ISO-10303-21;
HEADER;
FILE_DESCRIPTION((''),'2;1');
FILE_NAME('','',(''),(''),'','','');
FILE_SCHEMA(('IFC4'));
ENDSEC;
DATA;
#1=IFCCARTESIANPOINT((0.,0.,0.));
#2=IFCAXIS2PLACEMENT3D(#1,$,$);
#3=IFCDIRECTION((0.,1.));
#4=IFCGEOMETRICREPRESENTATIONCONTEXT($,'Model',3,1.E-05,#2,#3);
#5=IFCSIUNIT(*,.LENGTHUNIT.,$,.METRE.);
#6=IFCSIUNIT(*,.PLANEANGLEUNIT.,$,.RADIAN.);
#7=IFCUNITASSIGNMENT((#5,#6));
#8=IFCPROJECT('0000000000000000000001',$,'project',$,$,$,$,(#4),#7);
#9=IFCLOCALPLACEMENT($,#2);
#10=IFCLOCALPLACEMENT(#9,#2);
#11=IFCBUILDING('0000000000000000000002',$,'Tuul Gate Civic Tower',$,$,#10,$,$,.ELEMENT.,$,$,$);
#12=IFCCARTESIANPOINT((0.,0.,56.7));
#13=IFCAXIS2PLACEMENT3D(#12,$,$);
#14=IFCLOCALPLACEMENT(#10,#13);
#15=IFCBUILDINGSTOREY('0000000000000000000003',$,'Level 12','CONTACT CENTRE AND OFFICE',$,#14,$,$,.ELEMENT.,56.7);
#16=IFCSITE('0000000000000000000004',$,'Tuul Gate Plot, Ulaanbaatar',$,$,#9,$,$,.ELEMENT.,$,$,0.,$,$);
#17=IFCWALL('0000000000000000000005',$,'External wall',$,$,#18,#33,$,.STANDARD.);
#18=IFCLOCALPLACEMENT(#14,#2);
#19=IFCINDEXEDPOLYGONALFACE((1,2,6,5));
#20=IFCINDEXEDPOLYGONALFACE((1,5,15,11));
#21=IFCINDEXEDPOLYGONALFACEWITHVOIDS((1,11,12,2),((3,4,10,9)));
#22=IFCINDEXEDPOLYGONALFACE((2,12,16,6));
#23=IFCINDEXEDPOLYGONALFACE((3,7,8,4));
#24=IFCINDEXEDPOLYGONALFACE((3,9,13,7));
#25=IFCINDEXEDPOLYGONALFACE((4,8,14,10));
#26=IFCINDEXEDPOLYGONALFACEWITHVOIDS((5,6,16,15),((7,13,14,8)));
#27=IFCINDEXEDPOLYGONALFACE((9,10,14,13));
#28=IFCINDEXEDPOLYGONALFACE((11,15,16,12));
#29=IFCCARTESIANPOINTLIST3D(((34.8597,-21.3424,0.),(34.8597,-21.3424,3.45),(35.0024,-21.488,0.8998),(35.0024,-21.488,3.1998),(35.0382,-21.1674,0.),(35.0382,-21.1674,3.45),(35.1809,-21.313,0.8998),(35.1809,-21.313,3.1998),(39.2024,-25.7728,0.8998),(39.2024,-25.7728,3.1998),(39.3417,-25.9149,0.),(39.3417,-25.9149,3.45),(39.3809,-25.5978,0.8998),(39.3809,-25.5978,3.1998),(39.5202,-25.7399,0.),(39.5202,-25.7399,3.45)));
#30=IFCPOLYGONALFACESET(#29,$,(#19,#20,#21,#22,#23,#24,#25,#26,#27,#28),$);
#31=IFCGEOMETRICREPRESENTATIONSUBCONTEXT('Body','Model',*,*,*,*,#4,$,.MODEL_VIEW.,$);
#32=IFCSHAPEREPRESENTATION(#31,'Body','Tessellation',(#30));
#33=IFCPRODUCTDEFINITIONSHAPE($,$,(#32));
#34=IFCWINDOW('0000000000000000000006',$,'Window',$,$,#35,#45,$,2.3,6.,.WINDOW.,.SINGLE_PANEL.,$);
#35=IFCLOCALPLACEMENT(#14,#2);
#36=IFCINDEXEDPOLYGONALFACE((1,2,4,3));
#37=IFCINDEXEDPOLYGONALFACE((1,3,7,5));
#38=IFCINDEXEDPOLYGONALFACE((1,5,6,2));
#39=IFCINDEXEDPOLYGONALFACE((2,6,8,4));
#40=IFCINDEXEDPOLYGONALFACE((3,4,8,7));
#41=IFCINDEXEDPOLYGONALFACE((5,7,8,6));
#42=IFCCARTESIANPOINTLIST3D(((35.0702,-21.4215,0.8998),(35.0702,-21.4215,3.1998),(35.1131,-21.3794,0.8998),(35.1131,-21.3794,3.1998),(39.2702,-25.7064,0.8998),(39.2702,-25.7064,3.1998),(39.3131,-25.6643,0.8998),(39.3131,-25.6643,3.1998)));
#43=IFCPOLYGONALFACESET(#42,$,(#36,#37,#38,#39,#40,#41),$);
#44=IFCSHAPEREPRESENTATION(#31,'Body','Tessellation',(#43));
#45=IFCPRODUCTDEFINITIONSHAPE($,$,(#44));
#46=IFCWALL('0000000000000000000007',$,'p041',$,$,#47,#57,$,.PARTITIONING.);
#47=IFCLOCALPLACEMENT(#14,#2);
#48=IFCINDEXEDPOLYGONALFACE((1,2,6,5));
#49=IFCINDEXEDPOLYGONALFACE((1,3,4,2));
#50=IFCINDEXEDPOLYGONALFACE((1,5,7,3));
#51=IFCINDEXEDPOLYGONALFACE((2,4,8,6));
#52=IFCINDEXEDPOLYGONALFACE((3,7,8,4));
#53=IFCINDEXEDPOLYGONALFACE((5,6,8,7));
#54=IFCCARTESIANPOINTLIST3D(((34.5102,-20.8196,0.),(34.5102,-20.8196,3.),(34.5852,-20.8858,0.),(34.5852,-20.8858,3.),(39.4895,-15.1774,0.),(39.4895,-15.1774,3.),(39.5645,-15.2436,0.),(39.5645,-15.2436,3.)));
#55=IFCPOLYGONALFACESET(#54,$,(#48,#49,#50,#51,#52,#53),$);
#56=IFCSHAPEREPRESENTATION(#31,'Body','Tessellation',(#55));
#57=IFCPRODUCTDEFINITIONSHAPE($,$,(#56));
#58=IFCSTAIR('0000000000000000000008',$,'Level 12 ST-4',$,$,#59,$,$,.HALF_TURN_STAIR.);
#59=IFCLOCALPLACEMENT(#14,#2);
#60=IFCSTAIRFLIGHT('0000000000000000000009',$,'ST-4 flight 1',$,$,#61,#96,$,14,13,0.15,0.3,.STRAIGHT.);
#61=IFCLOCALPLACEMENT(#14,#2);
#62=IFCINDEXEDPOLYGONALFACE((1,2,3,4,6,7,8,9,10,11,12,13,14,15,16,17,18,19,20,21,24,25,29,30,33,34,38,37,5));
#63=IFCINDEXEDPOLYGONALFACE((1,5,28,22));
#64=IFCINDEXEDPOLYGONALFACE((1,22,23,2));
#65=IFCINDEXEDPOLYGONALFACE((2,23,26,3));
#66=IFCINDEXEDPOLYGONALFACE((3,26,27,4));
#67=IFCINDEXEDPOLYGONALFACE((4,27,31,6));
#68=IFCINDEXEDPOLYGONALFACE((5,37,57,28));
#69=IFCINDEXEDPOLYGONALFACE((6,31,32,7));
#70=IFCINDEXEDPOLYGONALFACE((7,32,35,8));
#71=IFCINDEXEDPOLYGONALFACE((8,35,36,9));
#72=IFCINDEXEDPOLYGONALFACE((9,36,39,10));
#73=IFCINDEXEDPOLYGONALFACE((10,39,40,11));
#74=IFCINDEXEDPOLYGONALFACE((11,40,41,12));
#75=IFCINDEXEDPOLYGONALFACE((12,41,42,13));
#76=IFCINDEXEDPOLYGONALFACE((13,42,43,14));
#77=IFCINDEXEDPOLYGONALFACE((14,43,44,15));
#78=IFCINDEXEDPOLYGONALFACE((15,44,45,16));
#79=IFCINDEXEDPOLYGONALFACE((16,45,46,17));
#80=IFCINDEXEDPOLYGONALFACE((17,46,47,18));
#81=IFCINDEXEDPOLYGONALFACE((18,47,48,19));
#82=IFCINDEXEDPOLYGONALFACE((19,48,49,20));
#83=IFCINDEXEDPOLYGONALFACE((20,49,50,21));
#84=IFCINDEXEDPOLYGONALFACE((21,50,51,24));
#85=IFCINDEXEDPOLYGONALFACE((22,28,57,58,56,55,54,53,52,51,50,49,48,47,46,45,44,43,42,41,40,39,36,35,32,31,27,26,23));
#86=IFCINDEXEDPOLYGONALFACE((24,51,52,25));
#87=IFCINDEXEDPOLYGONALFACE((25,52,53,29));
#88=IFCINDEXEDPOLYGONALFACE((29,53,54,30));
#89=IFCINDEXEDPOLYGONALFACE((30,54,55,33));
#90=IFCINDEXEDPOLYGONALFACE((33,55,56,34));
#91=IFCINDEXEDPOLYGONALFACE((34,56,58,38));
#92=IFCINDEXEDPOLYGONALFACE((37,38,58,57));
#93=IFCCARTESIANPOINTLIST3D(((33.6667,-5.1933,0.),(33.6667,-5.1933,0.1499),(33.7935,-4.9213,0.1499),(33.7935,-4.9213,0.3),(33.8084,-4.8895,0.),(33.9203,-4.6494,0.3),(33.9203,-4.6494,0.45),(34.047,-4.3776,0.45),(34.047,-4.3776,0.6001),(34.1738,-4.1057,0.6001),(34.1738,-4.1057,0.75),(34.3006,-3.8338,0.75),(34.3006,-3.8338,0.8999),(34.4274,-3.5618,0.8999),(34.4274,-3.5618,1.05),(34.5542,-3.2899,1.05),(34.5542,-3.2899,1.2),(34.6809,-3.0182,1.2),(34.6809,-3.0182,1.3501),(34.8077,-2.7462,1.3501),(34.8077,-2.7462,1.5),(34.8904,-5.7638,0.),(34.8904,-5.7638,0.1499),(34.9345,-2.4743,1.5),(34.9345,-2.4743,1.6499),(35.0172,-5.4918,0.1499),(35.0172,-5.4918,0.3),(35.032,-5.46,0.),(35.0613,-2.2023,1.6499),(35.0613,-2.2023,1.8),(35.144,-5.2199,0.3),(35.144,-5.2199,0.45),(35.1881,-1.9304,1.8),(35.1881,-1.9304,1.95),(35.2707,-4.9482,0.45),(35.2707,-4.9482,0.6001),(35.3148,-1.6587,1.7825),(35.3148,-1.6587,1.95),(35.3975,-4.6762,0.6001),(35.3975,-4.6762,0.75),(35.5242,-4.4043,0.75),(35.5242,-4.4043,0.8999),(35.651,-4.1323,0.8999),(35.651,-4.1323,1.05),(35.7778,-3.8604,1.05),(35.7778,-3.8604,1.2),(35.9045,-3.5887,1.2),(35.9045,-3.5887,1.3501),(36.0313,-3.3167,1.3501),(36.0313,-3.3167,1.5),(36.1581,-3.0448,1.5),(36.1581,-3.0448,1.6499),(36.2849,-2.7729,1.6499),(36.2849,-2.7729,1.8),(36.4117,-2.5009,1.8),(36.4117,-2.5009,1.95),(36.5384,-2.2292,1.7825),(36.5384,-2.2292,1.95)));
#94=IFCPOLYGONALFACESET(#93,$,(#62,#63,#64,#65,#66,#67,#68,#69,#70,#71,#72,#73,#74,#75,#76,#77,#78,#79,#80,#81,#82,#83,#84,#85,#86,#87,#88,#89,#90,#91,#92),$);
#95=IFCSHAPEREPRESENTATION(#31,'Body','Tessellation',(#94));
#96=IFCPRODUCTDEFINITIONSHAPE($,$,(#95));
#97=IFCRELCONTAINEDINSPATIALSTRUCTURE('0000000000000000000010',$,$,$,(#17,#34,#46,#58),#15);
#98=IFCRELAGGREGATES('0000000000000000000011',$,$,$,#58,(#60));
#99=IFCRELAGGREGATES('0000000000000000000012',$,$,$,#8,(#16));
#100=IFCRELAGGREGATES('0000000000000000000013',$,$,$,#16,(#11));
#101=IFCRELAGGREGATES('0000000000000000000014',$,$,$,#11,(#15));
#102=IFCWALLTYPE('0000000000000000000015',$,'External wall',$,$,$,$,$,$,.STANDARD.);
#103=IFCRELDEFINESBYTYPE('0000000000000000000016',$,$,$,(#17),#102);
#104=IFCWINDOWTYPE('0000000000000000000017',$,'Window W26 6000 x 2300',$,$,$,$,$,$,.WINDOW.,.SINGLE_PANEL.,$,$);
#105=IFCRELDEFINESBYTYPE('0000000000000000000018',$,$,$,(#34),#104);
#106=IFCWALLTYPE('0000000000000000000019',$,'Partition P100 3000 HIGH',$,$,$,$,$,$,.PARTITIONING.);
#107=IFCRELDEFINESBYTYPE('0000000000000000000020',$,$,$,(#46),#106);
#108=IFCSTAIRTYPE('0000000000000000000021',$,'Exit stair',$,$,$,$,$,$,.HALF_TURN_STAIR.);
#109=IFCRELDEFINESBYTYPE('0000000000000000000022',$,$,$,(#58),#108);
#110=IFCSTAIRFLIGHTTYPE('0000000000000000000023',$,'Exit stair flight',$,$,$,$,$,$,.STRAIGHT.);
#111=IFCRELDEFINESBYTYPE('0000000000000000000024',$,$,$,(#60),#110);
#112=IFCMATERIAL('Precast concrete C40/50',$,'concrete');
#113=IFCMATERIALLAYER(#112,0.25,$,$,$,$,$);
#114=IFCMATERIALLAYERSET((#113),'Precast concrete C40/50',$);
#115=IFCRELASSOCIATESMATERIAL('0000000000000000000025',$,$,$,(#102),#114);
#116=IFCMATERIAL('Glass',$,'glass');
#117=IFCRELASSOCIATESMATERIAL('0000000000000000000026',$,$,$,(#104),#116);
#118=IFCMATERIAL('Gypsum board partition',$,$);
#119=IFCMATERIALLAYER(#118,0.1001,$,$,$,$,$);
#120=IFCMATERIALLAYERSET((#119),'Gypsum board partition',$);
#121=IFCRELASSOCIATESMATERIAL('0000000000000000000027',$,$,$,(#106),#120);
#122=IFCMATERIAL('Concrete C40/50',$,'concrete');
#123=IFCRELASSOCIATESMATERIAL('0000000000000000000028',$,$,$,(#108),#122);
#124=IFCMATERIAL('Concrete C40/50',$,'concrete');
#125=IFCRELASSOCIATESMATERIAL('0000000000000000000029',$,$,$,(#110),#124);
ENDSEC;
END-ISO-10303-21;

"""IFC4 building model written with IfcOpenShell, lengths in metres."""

from ifc_helpers import new_model, si_unit, direction, frame, frame_2d, origin, place, context, subcontext, project, spatial, polyline, rectangle, outline, extrude, material, layer, layer_set, type_object, element, fill, aggregate, save


model = new_model("IFC4")

# Units and contexts
model_context = context("Model", 3, precision=1e-05, world=origin(), true_north=direction((0.0, 1.0)))
body_context = subcontext(model_context, "Body", "Model", "MODEL_VIEW")
ifc_project = project(units=[si_unit("LENGTHUNIT", "METRE"), si_unit("PLANEANGLEUNIT", "RADIAN")], contexts=[model_context])

# Site, building, storey
site_placement = place(None, origin())
site = spatial("IfcSite", under=ifc_project, at=site_placement, Name="Tuul Gate Plot, Ulaanbaatar", CompositionType="ELEMENT", RefElevation=0.0)
building_placement = place(site_placement, origin())
building = spatial("IfcBuilding", under=site, at=building_placement, Name="Tuul Gate Civic Tower", CompositionType="ELEMENT")
storey_placement = place(building_placement, frame((0.0, 0.0, 56.7)))
storey = spatial("IfcBuildingStorey", under=building, at=storey_placement, Name="Level 12", Description="CONTACT CENTRE AND OFFICE", CompositionType="ELEMENT", Elevation=56.7)

# Wall, opening, window
ifc_material_1 = material(Name="Precast concrete C40/50", Category="concrete")
ifc_layer_1 = layer(ifc_material_1, 0.25)
ifc_layer_set_1 = layer_set([ifc_layer_1], Name="Precast concrete C40/50")
wall_type_1 = type_object("IfcWallType", Name="External wall", PredefinedType="STANDARD", material=ifc_layer_set_1)
ifc_material_2 = material(Name="Glass", Category="glass")
window_type_1 = type_object("IfcWindowType", Name="Window W26 6000 x 2300", PartitioningType="SINGLE_PANEL", PredefinedType="WINDOW", material=ifc_material_2)
wall_1_placement = place(storey_placement, frame((34.949, -21.2549, 0.0), z_axis=(0.0, 0.0, 1.0), x_axis=(0.699998, -0.714145, 0.0)))
wall_1 = element("IfcWall", 1, at=wall_1_placement, inside=storey, type_object=wall_type_1, Name="External wall", PredefinedType="STANDARD", context=body_context, shape_type="SweptSolid", body=[
    extrude(rectangle(XDim=6.4028, YDim=0.25, at=frame_2d((3.2014, 0.0))), origin(), (0.0, 0.0, 1.0), 3.45),
])
opening_1_placement = place(wall_1_placement, frame((0.2039, 0.0, 0.8999)))
opening_1 = element("IfcOpeningElement", 2, at=opening_1_placement, cuts=wall_1, PredefinedType="OPENING", context=body_context, shape_type="SweptSolid", body=[
    extrude(rectangle(XDim=6.0, YDim=2.3, at=frame_2d((3.0, 1.1499))), frame((0.0, 0.135, 0.0), z_axis=(0.0, -1.0, 0.0), x_axis=(1.0, 0.0, 0.0)), (0.0, 0.0, 1.0), 0.27),
])
window_1_placement = place(opening_1_placement, origin())
window_1 = element("IfcWindow", 3, at=window_1_placement, inside=storey, type_object=window_type_1, Name="Window", OverallHeight=2.3, OverallWidth=6.0, PartitioningType="SINGLE_PANEL", PredefinedType="WINDOW", context=body_context, shape_type="SweptSolid", body=[
    extrude(rectangle(XDim=6.0, YDim=2.3, at=frame_2d((3.0, 1.1499))), frame((0.0, 0.03, 0.0), z_axis=(0.0, -1.0, 0.0), x_axis=(1.0, 0.0, 0.0)), (0.0, 0.0, 1.0), 0.0601),
])
fill(opening_1, window_1)

# Wall
ifc_material_3 = material(Name="Gypsum board partition")
ifc_layer_2 = layer(ifc_material_3, 0.1001)
ifc_layer_set_2 = layer_set([ifc_layer_2], Name="Gypsum board partition")
wall_type_2 = type_object("IfcWallType", Name="Partition P100 3000 HIGH", PredefinedType="PARTITIONING", material=ifc_layer_set_2)
wall_2_placement = place(storey_placement, frame((34.5476, -20.8528, 0.0), z_axis=(0.0, 0.0, 1.0), x_axis=(0.661691, 0.749776, 0.0)))
element("IfcWall", 4, at=wall_2_placement, inside=storey, type_object=wall_type_2, Name="p041", PredefinedType="PARTITIONING", context=body_context, shape_type="SweptSolid", body=[
    extrude(rectangle(XDim=7.5251, YDim=0.1001, at=frame_2d((3.7627, 0.0))), origin(), (0.0, 0.0, 1.0), 3.0),
])

# Stair, stair flight
ifc_material_4 = material(Name="Concrete C40/50", Category="concrete")
stair_type = type_object("IfcStairType", Name="Exit stair", PredefinedType="HALF_TURN_STAIR", material=ifc_material_4)
stair_placement = place(storey_placement, origin())
stair = element("IfcStair", 5, at=stair_placement, inside=storey, type_object=stair_type, Name="Level 12 ST-4", PredefinedType="HALF_TURN_STAIR")
ifc_material_5 = material(Name="Concrete C40/50", Category="concrete")
stair_flight_type = type_object("IfcStairFlightType", Name="Exit stair flight", PredefinedType="STRAIGHT", material=ifc_material_5)
stair_flight_placement = place(storey_placement, frame((34.2786, -5.4785, 0.0), z_axis=(0.0, 0.0, 1.0), x_axis=(0.422576, 0.906327, 0.0)))
stair_flight = element("IfcStairFlight", 6, at=stair_flight_placement, type_object=stair_flight_type, Name="ST-4 flight 1", NumberOfRisers=14, NumberOfTreads=13, PredefinedType="STRAIGHT", RiserHeight=0.15, TreadLength=0.3, context=body_context, shape_type="SweptSolid", body=[
    extrude(outline(polyline([(0.0, 0.0), (0.0, 0.1499), (0.3, 0.1499), (0.3, 0.3), (0.6001, 0.3), (0.6001, 0.45), (0.8999, 0.45), (0.8999, 0.6001), (1.2, 0.6001), (1.2, 0.75), (1.5, 0.75), (1.5, 0.8999), (1.8, 0.8999), (1.8, 1.05), (2.1001, 1.05), (2.1001, 1.2), (2.3999, 1.2), (2.3999, 1.3501), (2.7, 1.3501), (2.7, 1.5), (3.0, 1.5), (3.0, 1.6499), (3.3, 1.6499), (3.3, 1.8), (3.6001, 1.8), (3.6001, 1.95), (3.8999, 1.95), (3.8999, 2.1001), (3.8999, 1.7825), (0.3352, 0.0), (0.0, 0.0)])), frame((0.0, 0.675, 0.0), z_axis=(0.0, -1.0, 0.0), x_axis=(1.0, 0.0, 0.0)), (0.0, 0.0, 1.0), 1.3501),
])
aggregate(stair, [stair_flight])

save(model, "model.ifc")
